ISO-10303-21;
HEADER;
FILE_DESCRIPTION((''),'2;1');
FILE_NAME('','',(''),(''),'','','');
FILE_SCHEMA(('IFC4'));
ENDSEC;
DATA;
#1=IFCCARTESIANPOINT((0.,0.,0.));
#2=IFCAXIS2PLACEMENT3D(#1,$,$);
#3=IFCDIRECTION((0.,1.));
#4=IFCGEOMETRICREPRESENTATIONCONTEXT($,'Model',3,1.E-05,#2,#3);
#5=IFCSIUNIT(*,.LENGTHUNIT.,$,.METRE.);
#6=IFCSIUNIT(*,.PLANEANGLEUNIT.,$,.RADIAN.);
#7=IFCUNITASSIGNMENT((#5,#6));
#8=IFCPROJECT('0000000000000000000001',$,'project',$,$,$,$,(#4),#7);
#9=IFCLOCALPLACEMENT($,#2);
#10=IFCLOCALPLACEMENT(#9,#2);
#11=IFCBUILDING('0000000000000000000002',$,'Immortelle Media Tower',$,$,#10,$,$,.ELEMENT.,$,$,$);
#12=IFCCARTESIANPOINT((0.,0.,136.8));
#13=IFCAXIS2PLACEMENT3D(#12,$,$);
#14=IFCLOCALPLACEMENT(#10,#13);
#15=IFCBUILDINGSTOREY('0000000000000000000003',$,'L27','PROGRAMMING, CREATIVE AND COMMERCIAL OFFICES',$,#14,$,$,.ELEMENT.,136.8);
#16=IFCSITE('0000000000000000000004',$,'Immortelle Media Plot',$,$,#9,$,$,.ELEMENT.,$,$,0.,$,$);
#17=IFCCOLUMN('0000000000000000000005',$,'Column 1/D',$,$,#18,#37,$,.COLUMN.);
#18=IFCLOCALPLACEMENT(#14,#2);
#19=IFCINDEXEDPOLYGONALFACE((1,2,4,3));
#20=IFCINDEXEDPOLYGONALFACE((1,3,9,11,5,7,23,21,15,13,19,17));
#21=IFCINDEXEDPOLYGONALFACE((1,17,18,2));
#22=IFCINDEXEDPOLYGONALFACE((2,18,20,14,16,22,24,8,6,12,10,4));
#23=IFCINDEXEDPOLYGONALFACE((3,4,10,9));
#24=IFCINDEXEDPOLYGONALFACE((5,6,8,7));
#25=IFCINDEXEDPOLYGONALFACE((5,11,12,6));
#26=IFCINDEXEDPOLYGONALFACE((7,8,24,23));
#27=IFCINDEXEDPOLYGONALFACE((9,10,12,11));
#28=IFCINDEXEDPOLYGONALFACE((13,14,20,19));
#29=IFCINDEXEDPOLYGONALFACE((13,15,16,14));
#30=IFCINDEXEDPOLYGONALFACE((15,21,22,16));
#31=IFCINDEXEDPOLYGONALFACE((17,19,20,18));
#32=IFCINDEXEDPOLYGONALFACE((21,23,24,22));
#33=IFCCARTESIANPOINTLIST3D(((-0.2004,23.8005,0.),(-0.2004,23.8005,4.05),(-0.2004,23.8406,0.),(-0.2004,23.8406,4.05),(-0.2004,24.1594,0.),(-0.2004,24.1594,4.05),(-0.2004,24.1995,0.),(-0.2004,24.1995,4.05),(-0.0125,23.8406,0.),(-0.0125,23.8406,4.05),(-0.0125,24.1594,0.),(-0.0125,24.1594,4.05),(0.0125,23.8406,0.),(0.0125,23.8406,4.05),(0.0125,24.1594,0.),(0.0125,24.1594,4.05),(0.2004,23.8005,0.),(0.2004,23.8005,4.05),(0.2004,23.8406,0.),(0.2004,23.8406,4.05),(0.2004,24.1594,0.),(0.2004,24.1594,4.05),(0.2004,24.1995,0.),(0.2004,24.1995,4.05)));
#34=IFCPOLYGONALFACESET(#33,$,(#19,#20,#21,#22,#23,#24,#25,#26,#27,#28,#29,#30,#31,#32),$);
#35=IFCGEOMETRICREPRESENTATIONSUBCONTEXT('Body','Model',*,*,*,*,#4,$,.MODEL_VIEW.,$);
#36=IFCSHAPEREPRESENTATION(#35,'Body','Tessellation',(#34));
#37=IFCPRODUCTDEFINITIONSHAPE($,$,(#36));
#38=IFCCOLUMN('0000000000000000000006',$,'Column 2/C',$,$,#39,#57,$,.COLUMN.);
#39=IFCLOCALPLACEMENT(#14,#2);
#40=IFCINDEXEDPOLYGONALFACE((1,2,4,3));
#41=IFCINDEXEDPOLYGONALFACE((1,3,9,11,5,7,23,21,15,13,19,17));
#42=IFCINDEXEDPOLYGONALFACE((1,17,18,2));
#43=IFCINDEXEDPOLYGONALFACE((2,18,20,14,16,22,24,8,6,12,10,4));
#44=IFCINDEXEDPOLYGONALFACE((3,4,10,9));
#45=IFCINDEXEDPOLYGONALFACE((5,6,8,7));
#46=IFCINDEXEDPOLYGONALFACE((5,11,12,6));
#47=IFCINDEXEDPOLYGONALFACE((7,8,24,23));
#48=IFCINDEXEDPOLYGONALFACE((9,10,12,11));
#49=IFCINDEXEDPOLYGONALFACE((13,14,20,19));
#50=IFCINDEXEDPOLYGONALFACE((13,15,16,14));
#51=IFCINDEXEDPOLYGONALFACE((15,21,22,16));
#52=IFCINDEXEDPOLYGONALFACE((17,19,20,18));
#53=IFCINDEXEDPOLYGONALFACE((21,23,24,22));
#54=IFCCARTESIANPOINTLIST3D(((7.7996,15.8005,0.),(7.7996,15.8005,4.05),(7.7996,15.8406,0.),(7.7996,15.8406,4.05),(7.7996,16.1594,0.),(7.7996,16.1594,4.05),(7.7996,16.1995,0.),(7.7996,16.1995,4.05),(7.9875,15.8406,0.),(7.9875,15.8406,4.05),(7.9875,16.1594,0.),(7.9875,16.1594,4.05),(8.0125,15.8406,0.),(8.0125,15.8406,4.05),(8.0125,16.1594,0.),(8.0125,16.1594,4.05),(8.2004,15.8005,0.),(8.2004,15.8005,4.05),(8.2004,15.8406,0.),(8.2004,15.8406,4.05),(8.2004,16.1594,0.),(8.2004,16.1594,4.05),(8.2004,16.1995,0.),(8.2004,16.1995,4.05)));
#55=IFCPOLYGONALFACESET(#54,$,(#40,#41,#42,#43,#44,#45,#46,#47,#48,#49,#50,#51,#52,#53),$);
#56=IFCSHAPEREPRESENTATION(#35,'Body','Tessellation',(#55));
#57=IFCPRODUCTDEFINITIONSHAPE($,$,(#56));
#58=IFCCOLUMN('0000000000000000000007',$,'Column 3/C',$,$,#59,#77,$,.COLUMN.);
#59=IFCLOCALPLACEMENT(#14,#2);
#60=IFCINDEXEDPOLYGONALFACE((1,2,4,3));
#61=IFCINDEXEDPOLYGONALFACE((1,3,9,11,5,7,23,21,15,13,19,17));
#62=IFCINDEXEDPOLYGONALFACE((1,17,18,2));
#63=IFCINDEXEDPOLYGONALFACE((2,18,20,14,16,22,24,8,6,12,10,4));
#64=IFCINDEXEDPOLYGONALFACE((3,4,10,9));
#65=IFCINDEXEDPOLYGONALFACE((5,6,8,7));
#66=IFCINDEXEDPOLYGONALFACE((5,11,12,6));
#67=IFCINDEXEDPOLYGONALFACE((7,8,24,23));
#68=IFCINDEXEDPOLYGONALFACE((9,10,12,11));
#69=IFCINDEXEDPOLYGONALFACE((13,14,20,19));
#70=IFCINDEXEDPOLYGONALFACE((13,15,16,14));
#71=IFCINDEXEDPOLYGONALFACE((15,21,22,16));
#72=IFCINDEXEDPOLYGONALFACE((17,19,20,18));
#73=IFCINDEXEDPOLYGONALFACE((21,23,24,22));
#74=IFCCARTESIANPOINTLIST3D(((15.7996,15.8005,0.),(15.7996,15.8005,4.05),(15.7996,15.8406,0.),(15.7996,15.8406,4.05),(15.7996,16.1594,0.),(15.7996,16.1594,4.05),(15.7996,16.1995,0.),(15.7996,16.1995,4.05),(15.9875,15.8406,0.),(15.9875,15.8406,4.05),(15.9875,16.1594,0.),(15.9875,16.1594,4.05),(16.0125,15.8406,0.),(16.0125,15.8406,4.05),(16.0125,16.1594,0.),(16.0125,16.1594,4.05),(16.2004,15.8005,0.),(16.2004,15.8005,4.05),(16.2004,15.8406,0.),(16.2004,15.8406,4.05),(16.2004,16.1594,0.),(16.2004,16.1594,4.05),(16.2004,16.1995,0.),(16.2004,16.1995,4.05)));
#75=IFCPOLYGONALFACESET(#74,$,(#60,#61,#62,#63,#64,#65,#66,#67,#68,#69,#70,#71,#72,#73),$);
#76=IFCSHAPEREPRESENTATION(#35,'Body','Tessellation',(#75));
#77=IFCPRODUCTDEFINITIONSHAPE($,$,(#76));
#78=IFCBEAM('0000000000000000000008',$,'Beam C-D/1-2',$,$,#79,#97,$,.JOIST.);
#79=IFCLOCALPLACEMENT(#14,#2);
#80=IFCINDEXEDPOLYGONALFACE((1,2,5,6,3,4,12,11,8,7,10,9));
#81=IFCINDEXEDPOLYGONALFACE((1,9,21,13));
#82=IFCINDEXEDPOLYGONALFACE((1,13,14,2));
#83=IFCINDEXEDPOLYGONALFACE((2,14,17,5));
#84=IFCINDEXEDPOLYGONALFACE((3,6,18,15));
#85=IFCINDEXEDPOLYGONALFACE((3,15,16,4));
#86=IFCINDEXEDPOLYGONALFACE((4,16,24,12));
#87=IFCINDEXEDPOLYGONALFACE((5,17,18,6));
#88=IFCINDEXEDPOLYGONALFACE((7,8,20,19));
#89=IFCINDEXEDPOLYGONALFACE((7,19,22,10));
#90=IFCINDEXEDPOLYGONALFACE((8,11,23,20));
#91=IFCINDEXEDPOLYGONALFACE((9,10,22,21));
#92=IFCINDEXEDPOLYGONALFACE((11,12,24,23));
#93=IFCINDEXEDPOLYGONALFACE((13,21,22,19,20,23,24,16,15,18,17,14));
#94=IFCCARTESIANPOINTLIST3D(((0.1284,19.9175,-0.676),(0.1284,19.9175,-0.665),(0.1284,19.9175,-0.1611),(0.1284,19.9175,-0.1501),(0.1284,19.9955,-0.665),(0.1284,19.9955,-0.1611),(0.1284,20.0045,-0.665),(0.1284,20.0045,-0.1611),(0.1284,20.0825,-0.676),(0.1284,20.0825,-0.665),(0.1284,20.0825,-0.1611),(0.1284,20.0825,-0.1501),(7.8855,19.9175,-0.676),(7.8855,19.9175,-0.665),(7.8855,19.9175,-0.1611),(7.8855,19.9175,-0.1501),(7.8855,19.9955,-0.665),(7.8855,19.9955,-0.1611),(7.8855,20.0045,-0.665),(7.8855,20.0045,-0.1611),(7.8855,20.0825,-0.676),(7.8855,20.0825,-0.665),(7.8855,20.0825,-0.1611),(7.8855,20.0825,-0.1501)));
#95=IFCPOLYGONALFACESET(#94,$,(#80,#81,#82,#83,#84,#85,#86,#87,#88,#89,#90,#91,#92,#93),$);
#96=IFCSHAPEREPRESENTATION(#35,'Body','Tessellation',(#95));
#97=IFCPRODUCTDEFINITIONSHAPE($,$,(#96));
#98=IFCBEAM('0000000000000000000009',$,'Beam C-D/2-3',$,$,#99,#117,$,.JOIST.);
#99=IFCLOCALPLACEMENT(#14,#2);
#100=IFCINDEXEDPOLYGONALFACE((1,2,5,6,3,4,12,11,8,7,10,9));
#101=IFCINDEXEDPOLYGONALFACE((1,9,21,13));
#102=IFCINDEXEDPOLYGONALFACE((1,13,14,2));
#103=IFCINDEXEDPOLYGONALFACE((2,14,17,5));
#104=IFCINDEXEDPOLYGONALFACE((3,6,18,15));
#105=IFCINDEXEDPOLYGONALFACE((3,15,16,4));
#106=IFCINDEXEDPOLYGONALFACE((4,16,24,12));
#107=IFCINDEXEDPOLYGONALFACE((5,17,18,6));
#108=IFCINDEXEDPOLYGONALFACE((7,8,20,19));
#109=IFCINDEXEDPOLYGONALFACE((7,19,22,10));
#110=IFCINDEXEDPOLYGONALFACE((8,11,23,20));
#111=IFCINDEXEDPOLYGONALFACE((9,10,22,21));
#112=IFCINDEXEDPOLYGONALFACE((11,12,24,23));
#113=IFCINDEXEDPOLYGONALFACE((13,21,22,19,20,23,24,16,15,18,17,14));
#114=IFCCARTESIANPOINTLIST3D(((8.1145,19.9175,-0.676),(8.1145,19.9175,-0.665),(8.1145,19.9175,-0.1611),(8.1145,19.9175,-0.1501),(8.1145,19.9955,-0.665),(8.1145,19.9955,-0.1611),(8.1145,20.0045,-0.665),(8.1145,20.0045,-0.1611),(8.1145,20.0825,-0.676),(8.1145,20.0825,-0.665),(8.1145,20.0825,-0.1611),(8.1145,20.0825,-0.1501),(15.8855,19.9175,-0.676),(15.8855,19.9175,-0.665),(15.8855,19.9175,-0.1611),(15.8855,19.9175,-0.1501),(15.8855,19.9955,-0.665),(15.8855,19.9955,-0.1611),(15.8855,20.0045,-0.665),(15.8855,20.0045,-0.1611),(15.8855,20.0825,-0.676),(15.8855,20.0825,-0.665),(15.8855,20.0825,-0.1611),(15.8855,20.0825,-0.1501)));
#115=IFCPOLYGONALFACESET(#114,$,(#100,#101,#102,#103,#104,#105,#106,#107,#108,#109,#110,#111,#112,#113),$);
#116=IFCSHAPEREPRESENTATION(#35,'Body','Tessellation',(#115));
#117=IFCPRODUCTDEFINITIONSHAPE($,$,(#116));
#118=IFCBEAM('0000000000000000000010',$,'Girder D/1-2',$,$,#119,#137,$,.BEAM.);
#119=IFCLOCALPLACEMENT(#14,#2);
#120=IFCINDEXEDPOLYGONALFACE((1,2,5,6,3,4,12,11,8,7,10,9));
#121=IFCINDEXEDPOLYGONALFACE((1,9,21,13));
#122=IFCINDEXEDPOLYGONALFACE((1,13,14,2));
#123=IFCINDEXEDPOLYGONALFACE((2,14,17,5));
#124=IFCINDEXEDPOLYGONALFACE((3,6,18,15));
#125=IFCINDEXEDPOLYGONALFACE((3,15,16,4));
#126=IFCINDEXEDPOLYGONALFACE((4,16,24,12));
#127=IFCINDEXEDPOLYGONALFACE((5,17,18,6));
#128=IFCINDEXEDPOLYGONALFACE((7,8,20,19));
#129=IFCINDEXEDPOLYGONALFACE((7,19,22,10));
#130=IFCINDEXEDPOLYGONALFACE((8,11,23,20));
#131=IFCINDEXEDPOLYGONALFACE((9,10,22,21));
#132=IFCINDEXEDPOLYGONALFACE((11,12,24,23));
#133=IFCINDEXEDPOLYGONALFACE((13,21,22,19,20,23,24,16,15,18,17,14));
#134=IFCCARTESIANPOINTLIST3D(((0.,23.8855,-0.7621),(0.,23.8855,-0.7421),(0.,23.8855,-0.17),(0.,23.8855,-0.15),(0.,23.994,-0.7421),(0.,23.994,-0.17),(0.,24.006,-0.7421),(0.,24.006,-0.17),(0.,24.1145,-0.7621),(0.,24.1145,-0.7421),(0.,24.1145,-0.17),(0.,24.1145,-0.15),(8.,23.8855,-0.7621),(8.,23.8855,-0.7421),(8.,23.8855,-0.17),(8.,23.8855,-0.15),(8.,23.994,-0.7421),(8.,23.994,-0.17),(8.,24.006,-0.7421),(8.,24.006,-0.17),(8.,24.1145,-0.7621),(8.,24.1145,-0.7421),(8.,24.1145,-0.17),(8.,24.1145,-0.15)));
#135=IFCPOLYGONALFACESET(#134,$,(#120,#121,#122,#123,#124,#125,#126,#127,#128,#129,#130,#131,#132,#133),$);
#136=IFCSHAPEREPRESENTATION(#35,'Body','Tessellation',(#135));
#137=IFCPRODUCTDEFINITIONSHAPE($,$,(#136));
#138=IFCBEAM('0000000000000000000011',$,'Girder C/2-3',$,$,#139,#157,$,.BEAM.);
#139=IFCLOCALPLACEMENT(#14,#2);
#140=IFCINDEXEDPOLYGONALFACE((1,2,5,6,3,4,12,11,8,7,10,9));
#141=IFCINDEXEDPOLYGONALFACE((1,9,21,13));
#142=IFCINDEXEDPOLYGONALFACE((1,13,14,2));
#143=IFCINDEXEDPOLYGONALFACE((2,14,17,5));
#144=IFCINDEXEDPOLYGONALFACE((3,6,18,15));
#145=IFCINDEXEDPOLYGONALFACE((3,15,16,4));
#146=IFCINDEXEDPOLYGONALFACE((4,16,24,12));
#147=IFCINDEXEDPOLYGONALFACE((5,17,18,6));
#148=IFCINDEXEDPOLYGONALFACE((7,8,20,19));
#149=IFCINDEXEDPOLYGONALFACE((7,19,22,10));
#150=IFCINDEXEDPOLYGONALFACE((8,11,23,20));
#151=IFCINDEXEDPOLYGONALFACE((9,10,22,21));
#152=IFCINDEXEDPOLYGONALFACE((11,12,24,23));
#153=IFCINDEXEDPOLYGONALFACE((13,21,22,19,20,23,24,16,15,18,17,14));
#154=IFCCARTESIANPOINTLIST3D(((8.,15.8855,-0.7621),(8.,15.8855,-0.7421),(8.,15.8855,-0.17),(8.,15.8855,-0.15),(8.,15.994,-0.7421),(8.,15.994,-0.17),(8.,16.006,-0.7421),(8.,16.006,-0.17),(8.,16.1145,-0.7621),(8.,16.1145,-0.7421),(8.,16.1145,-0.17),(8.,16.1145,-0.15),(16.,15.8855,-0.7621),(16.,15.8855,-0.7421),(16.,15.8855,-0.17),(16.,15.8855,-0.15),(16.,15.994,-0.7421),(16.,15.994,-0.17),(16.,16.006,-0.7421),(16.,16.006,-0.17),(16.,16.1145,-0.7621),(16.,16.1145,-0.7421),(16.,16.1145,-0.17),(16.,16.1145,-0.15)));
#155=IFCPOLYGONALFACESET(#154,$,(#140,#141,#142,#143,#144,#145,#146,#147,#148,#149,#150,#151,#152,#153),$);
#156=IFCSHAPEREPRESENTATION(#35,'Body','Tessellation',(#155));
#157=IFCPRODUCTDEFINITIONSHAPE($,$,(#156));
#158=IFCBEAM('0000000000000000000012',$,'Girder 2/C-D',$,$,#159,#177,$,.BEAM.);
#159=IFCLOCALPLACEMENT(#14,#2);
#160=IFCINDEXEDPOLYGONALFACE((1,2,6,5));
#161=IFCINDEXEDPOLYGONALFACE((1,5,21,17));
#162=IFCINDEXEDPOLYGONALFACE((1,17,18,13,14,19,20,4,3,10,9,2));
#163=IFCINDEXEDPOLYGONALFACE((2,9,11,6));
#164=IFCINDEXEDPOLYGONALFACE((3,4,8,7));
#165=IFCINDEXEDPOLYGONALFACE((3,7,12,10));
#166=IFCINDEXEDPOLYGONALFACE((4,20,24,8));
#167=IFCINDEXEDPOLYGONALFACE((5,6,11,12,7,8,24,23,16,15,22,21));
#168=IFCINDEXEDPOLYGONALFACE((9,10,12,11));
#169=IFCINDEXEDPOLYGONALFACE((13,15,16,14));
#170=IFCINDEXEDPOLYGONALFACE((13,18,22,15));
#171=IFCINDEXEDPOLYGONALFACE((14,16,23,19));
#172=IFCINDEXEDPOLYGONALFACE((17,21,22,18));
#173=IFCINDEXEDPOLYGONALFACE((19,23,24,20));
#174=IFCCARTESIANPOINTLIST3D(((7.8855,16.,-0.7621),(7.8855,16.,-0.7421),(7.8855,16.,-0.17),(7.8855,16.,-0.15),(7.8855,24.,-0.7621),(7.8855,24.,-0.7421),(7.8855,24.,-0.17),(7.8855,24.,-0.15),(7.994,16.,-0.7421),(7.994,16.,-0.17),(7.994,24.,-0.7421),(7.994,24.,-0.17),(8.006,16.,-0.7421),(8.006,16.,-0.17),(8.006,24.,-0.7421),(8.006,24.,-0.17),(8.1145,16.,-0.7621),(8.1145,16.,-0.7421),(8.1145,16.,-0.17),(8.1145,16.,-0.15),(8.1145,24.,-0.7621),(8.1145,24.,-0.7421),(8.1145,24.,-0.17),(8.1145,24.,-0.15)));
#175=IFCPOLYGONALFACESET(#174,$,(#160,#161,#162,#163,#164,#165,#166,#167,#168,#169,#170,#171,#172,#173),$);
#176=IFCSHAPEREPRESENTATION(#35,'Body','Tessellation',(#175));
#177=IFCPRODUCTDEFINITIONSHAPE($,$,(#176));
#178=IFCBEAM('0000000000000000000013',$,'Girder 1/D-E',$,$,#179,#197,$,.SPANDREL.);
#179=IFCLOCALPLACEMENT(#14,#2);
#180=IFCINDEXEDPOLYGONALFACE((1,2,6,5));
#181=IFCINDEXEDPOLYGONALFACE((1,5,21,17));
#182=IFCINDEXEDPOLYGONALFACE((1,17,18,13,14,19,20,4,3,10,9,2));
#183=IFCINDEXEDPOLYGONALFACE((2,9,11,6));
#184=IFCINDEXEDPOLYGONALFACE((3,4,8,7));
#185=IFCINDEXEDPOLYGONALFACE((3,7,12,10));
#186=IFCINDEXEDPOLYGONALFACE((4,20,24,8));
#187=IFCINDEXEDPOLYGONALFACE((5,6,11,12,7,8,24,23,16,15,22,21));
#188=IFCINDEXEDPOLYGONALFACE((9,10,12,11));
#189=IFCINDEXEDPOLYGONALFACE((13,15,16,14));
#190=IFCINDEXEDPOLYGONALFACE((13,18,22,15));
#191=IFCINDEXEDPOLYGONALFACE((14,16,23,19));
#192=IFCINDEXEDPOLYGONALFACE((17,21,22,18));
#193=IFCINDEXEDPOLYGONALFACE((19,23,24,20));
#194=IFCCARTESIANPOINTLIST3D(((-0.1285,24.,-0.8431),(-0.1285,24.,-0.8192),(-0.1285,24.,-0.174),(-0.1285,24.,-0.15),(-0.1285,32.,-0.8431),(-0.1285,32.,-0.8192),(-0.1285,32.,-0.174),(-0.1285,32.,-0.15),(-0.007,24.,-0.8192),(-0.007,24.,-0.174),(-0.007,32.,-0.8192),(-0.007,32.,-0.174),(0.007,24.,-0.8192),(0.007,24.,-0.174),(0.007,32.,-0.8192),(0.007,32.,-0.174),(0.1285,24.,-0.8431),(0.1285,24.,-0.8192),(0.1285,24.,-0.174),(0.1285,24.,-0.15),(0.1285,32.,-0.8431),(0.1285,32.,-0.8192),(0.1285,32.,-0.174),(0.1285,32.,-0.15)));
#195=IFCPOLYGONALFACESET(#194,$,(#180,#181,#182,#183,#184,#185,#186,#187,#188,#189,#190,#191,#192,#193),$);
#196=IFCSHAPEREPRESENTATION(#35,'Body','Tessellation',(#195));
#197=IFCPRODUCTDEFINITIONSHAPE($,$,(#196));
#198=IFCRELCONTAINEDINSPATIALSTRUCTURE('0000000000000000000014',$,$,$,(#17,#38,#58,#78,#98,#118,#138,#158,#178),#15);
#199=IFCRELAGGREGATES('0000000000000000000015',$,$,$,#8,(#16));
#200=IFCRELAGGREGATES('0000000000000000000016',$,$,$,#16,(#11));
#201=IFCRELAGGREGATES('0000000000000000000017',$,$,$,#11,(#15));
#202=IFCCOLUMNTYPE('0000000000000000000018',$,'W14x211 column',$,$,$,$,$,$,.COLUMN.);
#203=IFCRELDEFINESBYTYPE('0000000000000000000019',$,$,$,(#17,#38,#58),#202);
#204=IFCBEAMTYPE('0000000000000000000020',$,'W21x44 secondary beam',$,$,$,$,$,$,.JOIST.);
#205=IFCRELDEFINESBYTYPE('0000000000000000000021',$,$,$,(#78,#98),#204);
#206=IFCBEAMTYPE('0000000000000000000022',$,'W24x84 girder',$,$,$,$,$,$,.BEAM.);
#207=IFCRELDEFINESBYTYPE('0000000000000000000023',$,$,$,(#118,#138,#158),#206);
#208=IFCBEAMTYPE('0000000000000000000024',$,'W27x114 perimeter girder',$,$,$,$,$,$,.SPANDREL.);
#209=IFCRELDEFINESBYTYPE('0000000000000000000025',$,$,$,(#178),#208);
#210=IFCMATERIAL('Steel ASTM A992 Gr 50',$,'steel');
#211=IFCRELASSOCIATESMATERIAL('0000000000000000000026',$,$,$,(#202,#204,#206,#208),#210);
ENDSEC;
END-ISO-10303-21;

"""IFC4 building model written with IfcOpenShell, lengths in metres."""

from ifc_helpers import new_model, si_unit, direction, frame, origin, origin_2d, place, context, subcontext, project, spatial, i_section, extrude, material, material_profile, profile_set, type_object, element, save


model = new_model("IFC4")

# Units and contexts
model_context = context("Model", 3, precision=1e-05, world=origin(), true_north=direction((0.0, 1.0)))
body_context = subcontext(model_context, "Body", "Model", "MODEL_VIEW")
ifc_project = project(units=[si_unit("LENGTHUNIT", "METRE"), si_unit("PLANEANGLEUNIT", "RADIAN")], contexts=[model_context])

# Site, building, storey
site_placement = place(None, origin())
site = spatial("IfcSite", under=ifc_project, at=site_placement, Name="Immortelle Media Plot", CompositionType="ELEMENT", RefElevation=0.0)
building_placement = place(site_placement, origin())
building = spatial("IfcBuilding", under=site, at=building_placement, Name="Immortelle Media Tower", CompositionType="ELEMENT")
storey_placement = place(building_placement, frame((0.0, 0.0, 136.8)))
storey = spatial("IfcBuildingStorey", under=building, at=storey_placement, Name="L27", Description="PROGRAMMING, CREATIVE AND COMMERCIAL OFFICES", CompositionType="ELEMENT", Elevation=136.8)

# Columns
ifc_material_1 = material(Name="Steel ASTM A992 Gr 50", Category="steel")
ifc_material_profile_1 = material_profile(ifc_material_1, i_section(OverallWidth=0.4009, OverallDepth=0.3989, WebThickness=0.0249, FlangeThickness=0.04, at=origin_2d()), Name="W14x211")
ifc_profile_set_1 = profile_set([ifc_material_profile_1], Name="Steel ASTM A992 Gr 50")
column_type = type_object("IfcColumnType", Name="W14x211 column", PredefinedType="COLUMN", material=ifc_profile_set_1)
for number, where, z_axis, x_axis, name in (
    (1, (0.0, 24.0, 0.0), (0.0, 0.0, 1.0), (1.0, 0.0, 0.0), "Column 1/D"),
    (2, (8.0, 16.0, 0.0), (0.0, 0.0, 1.0), (1.0, 0.0, 0.0), "Column 2/C"),
    (3, (16.0, 16.0, 0.0), (0.0, 0.0, 1.0), (1.0, 0.0, 0.0), "Column 3/C"),
):
    element("IfcColumn", number, at=place(storey_placement, frame(where, z_axis=z_axis, x_axis=x_axis)), inside=storey, type_object=column_type, Name=name, PredefinedType="COLUMN", context=body_context, shape_type="SweptSolid", body=[
        extrude(i_section(OverallWidth=0.4009, OverallDepth=0.3989, WebThickness=0.0249, FlangeThickness=0.04, at=origin_2d()), origin(), (0.0, 0.0, 1.0), 4.05),
    ])

# Beams
ifc_material_profile_2 = material_profile(ifc_material_1, i_section(OverallWidth=0.165, OverallDepth=0.5259, WebThickness=0.009, FlangeThickness=0.011, at=origin_2d()), Name="W21x44")
ifc_profile_set_2 = profile_set([ifc_material_profile_2], Name="Steel ASTM A992 Gr 50")
beam_type_1 = type_object("IfcBeamType", Name="W21x44 secondary beam", PredefinedType="JOIST", material=ifc_profile_set_2)
beam_1_placement = place(storey_placement, frame((0.1284, 20.0, -0.4131), z_axis=(1.0, 0.0, 0.0), x_axis=(0.0, 1.0, 0.0)))
element("IfcBeam", 4, at=beam_1_placement, inside=storey, type_object=beam_type_1, Name="Beam C-D/1-2", PredefinedType="JOIST", context=body_context, shape_type="SweptSolid", body=[
    extrude(i_section(OverallWidth=0.165, OverallDepth=0.5259, WebThickness=0.009, FlangeThickness=0.011, at=origin_2d()), origin(), (0.0, 0.0, 1.0), 7.7571),
])
beam_2_placement = place(storey_placement, frame((8.1145, 20.0, -0.4131), z_axis=(1.0, 0.0, 0.0), x_axis=(0.0, 1.0, 0.0)))
element("IfcBeam", 5, at=beam_2_placement, inside=storey, type_object=beam_type_1, Name="Beam C-D/2-3", PredefinedType="JOIST", context=body_context, shape_type="SweptSolid", body=[
    extrude(i_section(OverallWidth=0.165, OverallDepth=0.5259, WebThickness=0.009, FlangeThickness=0.011, at=origin_2d()), origin(), (0.0, 0.0, 1.0), 7.771),
])
ifc_material_profile_3 = material_profile(ifc_material_1, i_section(OverallWidth=0.229, OverallDepth=0.6121, WebThickness=0.012, FlangeThickness=0.02, at=origin_2d()), Name="W24x84")
ifc_profile_set_3 = profile_set([ifc_material_profile_3], Name="Steel ASTM A992 Gr 50")
beam_type_2 = type_object("IfcBeamType", Name="W24x84 girder", PredefinedType="BEAM", material=ifc_profile_set_3)
for number, where, z_axis, x_axis, name in (
    (6, (0.0, 24.0, -0.4561), (1.0, 0.0, 0.0), (0.0, 1.0, 0.0), "Girder D/1-2"),
    (7, (8.0, 16.0, -0.4561), (1.0, 0.0, 0.0), (0.0, 1.0, 0.0), "Girder C/2-3"),
    (8, (8.0, 16.0, -0.4561), (0.0, 1.0, 0.0), (-1.0, 0.0, 0.0), "Girder 2/C-D"),
):
    element("IfcBeam", number, at=place(storey_placement, frame(where, z_axis=z_axis, x_axis=x_axis)), inside=storey, type_object=beam_type_2, Name=name, PredefinedType="BEAM", context=body_context, shape_type="SweptSolid", body=[
        extrude(i_section(OverallWidth=0.229, OverallDepth=0.6121, WebThickness=0.012, FlangeThickness=0.02, at=origin_2d()), origin(), (0.0, 0.0, 1.0), 8.0),
    ])
ifc_material_profile_4 = material_profile(ifc_material_1, i_section(OverallWidth=0.2571, OverallDepth=0.6931, WebThickness=0.0139, FlangeThickness=0.0239, at=origin_2d()), Name="W27x114")
ifc_profile_set_4 = profile_set([ifc_material_profile_4], Name="Steel ASTM A992 Gr 50")
beam_type_3 = type_object("IfcBeamType", Name="W27x114 perimeter girder", PredefinedType="SPANDREL", material=ifc_profile_set_4)
beam_3_placement = place(storey_placement, frame((0.0, 24.0, -0.4966), z_axis=(0.0, 1.0, 0.0), x_axis=(-1.0, 0.0, 0.0)))
element("IfcBeam", 9, at=beam_3_placement, inside=storey, type_object=beam_type_3, Name="Girder 1/D-E", PredefinedType="SPANDREL", context=body_context, shape_type="SweptSolid", body=[
    extrude(i_section(OverallWidth=0.2571, OverallDepth=0.6931, WebThickness=0.0139, FlangeThickness=0.0239, at=origin_2d()), origin(), (0.0, 0.0, 1.0), 8.0),
])

save(model, "model.ifc")
